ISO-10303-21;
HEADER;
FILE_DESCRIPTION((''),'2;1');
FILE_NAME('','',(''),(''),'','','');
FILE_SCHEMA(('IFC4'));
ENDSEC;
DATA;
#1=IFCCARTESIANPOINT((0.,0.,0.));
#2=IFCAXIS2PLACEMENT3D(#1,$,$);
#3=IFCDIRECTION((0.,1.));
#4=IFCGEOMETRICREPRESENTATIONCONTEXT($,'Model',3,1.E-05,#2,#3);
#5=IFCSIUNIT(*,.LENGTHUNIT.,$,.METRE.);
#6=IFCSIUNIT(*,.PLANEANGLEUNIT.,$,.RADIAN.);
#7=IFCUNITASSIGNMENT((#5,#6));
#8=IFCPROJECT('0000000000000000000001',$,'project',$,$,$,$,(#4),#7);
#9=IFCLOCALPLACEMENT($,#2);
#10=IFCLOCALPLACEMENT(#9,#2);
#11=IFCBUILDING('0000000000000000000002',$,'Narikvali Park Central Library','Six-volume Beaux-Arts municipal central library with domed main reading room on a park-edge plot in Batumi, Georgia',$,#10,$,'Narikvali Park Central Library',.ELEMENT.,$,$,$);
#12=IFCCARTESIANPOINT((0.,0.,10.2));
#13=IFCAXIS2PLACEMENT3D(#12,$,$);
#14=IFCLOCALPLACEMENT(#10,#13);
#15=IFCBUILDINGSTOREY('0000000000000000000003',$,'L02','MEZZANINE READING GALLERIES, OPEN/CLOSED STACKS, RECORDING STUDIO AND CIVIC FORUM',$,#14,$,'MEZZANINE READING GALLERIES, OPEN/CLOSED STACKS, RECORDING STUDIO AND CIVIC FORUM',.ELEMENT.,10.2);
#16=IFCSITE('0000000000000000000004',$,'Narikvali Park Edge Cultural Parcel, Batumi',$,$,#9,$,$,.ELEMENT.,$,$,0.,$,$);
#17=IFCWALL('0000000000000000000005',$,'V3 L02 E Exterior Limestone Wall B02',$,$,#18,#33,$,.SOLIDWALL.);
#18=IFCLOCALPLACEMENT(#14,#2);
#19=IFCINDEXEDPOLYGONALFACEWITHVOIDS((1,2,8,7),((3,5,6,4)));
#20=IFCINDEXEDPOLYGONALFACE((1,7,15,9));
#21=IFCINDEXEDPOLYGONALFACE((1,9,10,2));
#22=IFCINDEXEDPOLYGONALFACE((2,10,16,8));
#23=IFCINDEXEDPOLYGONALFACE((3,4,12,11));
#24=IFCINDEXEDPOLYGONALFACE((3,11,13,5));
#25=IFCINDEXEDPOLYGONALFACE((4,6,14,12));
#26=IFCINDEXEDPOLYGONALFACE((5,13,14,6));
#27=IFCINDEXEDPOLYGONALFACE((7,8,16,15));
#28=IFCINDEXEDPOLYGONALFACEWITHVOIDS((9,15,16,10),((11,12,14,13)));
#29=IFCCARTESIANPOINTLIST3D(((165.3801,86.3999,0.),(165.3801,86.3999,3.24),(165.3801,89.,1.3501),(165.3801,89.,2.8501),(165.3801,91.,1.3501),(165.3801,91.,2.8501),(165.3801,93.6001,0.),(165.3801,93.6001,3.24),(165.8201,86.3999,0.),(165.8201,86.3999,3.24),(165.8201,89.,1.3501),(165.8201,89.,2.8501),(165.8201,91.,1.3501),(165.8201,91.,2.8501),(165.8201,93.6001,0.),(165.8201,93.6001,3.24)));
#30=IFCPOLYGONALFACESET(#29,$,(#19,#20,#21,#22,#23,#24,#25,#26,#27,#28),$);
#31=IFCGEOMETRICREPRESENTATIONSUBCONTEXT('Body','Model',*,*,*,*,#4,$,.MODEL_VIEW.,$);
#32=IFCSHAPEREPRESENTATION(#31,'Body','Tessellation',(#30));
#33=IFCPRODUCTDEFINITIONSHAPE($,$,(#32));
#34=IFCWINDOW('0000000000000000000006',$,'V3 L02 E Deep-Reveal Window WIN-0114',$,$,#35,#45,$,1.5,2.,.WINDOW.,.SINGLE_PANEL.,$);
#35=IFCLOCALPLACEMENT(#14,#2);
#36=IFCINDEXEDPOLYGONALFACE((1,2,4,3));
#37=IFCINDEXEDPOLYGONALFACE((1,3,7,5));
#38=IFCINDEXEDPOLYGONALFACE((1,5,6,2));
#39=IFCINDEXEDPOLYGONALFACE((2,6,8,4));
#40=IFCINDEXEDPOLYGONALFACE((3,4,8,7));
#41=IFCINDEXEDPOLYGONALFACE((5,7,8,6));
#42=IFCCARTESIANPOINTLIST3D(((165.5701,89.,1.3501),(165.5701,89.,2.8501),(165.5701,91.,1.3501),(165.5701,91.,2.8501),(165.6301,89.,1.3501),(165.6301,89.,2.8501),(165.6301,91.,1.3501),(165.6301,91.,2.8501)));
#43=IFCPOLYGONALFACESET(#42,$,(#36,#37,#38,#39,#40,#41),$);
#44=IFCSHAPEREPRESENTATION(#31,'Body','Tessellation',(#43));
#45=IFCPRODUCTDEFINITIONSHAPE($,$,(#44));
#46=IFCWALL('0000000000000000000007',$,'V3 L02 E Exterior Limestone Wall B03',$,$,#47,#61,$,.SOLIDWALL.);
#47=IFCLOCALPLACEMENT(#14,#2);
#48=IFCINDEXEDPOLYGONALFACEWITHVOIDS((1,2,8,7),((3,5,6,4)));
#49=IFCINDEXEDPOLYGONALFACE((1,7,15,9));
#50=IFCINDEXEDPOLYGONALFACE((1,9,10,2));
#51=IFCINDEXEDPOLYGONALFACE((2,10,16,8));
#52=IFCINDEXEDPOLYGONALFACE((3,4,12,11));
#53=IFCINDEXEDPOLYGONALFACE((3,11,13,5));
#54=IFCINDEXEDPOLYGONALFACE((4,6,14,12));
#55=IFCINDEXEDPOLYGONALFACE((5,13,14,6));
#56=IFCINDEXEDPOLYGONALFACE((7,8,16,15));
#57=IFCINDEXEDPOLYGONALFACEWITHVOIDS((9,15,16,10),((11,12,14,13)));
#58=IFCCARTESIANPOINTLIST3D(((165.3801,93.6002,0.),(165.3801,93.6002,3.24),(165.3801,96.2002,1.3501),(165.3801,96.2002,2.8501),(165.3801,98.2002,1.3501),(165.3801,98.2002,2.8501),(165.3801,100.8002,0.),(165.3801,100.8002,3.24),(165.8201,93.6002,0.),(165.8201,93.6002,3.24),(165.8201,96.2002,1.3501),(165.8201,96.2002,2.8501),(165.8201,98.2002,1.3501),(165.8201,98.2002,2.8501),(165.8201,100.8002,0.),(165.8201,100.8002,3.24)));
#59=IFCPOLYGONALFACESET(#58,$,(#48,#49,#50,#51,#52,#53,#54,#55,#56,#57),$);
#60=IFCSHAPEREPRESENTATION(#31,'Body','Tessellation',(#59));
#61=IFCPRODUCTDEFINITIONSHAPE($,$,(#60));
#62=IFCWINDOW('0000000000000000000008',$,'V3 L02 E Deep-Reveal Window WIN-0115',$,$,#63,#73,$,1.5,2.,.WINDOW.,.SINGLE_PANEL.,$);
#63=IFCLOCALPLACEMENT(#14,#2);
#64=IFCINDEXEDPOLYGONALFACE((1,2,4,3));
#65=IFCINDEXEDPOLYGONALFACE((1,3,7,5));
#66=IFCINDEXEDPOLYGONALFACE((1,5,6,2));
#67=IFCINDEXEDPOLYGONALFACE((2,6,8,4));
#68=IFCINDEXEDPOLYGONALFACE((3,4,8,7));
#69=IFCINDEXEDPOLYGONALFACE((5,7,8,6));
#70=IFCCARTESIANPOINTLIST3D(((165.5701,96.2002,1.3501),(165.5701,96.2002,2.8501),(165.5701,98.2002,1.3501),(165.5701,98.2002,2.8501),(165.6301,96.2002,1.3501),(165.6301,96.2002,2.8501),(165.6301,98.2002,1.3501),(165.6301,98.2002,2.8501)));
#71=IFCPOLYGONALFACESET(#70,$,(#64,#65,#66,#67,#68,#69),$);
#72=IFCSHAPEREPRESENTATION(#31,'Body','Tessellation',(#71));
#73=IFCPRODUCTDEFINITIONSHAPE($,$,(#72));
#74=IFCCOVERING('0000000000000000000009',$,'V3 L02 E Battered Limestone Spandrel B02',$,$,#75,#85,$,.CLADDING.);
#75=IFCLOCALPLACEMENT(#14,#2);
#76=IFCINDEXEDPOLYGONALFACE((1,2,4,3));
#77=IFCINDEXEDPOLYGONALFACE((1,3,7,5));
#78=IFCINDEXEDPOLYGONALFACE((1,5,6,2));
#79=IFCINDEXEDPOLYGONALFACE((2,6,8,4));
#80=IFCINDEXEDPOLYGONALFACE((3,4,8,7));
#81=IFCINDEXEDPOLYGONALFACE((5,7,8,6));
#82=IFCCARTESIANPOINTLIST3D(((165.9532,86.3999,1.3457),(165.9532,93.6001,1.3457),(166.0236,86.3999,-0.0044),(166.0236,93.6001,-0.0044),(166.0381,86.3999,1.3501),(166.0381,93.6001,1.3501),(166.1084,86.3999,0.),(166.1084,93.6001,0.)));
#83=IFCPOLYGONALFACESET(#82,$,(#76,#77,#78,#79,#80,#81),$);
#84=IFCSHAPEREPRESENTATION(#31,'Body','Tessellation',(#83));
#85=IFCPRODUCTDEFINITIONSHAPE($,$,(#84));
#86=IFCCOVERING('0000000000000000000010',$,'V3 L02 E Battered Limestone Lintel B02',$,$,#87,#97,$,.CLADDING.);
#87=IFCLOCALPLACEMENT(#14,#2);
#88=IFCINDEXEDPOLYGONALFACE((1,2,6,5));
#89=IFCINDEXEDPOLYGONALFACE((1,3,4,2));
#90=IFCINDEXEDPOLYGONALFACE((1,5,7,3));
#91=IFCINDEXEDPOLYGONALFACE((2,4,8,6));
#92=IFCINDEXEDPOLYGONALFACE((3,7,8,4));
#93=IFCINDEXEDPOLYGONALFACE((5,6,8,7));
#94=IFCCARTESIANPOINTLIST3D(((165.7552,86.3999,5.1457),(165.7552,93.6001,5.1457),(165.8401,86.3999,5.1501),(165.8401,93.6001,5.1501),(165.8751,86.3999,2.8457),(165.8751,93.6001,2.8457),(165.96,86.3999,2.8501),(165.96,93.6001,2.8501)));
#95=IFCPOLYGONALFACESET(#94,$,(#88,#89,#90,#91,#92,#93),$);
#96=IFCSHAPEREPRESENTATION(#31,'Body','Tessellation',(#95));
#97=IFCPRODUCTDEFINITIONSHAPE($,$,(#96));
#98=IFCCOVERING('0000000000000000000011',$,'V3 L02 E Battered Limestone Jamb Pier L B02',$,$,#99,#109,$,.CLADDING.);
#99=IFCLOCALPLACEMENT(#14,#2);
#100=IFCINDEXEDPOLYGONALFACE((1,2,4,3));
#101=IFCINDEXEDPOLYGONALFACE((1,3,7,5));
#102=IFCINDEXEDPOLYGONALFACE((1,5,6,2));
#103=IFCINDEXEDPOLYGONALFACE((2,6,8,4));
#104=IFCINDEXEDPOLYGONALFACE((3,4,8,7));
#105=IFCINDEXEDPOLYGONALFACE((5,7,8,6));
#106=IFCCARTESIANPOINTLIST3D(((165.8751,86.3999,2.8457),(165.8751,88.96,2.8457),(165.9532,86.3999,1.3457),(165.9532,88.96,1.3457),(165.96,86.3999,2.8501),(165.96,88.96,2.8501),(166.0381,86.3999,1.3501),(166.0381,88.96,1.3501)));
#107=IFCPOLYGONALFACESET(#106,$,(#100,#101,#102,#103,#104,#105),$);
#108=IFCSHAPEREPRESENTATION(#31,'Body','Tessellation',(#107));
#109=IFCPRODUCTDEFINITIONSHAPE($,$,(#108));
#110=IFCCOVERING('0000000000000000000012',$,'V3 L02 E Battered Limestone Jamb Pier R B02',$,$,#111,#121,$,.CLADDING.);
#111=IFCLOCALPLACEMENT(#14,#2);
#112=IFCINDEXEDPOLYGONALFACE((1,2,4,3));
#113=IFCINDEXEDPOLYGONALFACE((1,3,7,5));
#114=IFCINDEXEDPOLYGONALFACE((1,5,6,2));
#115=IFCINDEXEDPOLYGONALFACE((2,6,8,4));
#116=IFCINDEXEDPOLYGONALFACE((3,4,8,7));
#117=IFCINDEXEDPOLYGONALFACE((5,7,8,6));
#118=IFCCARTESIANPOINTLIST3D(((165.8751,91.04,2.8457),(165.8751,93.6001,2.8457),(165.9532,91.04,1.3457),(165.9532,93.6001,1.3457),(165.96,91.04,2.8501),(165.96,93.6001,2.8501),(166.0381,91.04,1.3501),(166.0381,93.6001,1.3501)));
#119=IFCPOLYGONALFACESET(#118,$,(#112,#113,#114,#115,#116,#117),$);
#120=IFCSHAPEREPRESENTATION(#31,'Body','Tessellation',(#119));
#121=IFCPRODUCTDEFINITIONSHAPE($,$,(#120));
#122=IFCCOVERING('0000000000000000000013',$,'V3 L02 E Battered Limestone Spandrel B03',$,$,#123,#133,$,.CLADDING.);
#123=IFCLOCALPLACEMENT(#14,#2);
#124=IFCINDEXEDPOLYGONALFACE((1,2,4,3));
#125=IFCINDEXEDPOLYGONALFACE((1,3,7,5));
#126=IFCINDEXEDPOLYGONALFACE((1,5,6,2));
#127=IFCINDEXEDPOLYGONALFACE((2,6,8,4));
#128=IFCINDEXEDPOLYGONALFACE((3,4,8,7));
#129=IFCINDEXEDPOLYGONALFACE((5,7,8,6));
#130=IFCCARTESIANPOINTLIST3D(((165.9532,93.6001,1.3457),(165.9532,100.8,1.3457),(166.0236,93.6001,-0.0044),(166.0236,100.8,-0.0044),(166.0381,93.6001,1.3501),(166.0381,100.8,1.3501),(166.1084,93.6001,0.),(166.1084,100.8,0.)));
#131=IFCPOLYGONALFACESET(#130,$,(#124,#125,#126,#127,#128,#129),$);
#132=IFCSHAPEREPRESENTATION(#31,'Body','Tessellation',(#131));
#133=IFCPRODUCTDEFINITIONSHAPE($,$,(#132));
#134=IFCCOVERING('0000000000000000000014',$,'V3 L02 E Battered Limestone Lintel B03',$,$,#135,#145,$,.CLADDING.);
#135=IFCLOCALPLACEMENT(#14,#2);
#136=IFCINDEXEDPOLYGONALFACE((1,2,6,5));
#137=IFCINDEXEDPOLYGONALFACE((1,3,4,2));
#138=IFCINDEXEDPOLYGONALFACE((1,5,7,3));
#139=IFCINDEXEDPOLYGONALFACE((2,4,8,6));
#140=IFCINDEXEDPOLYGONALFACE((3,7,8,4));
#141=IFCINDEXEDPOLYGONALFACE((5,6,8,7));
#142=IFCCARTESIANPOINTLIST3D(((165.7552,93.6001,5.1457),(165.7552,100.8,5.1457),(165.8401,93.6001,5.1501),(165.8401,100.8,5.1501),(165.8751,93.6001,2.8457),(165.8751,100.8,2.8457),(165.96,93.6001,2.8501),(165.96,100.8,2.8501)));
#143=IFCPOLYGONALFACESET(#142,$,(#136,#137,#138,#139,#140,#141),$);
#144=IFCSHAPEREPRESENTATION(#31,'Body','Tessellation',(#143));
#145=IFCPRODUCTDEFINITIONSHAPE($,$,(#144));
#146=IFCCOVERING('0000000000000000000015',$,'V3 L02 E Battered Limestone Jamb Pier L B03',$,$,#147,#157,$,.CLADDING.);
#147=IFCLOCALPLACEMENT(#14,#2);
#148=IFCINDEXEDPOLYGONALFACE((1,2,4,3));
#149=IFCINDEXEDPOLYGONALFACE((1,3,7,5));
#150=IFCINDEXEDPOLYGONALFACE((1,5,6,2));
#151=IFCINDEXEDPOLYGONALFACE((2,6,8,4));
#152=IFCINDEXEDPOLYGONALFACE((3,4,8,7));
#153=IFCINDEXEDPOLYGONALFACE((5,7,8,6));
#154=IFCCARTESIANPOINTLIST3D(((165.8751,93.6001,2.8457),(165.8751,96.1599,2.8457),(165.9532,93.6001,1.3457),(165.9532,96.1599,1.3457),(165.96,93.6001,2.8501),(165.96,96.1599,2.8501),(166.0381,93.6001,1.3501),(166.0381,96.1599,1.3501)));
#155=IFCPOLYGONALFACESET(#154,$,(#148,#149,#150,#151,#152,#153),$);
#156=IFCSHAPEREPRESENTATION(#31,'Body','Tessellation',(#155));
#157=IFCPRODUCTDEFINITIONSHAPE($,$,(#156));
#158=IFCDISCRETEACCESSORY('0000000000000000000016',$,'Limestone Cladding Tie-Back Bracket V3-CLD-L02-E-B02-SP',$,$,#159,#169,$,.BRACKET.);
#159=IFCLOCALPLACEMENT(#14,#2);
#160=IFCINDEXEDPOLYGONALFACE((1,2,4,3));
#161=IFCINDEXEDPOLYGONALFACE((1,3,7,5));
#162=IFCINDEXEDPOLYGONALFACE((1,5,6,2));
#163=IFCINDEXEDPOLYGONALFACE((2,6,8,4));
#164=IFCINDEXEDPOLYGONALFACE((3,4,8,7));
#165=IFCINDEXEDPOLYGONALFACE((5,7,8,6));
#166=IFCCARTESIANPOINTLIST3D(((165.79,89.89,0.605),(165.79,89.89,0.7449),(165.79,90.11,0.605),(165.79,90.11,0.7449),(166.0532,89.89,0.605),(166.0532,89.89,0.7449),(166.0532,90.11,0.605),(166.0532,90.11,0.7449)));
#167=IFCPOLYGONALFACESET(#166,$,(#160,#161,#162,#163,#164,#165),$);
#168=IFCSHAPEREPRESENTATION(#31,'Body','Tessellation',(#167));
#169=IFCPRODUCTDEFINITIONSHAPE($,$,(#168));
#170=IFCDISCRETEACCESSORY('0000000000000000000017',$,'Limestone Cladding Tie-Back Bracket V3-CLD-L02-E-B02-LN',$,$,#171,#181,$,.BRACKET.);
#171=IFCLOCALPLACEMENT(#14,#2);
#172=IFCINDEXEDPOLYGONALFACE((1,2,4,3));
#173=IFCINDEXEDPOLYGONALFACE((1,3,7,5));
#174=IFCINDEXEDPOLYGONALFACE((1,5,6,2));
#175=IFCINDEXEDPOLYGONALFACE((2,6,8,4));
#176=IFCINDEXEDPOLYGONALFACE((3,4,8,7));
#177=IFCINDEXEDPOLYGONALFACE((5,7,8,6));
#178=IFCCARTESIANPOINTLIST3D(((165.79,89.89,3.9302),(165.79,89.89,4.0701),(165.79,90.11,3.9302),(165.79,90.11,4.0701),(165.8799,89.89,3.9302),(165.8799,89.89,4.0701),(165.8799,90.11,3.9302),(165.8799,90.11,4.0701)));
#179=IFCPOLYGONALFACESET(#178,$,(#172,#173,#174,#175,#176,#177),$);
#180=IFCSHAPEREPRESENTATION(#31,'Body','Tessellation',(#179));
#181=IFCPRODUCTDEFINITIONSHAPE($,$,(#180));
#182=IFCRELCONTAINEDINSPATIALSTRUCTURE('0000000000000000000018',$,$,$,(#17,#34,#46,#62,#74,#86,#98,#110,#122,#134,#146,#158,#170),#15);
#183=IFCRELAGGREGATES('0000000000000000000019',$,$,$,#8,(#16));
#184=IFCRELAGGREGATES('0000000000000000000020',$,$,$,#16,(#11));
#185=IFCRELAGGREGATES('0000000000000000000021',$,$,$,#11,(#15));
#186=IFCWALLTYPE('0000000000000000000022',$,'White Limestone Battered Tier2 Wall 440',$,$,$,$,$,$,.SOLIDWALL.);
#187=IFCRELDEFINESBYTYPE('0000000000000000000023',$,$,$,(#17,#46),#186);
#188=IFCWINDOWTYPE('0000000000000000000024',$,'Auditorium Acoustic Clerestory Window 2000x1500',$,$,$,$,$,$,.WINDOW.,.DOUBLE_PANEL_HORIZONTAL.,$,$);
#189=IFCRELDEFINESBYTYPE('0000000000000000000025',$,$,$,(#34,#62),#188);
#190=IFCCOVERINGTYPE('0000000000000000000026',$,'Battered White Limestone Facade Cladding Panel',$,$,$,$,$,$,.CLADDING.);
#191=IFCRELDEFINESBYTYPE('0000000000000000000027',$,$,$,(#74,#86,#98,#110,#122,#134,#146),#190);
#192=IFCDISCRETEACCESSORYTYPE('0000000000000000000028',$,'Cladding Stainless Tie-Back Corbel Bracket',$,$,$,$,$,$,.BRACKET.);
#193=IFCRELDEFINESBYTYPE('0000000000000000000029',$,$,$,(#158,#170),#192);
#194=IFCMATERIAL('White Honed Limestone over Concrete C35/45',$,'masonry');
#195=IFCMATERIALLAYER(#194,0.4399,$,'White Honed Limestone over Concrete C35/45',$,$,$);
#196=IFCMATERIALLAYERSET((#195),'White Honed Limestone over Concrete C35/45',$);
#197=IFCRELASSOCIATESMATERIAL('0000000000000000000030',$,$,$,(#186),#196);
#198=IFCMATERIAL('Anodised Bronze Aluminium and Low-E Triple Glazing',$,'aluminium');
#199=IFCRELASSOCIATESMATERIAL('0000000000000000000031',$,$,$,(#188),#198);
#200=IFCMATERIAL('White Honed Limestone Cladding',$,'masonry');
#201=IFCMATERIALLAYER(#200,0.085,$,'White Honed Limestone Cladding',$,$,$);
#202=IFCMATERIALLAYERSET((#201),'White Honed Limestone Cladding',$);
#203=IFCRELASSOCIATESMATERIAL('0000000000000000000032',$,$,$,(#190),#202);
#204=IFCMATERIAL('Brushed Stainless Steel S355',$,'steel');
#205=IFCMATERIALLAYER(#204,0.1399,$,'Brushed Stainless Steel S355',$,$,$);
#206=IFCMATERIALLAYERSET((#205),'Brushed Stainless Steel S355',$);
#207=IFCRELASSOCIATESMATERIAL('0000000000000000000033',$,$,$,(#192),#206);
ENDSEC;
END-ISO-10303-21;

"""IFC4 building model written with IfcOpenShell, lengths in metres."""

from ifc_helpers import new_model, si_unit, direction, frame, frame_2d, origin, origin_2d, place, context, subcontext, project, spatial, polyline, rectangle, outline, extrude, material, layer, layer_set, type_object, element, fill, save


model = new_model("IFC4")

# Units and contexts
model_context = context("Model", 3, precision=1e-05, world=origin(), true_north=direction((0.0, 1.0)))
body_context = subcontext(model_context, "Body", "Model", "MODEL_VIEW")
ifc_project = project(units=[si_unit("LENGTHUNIT", "METRE"), si_unit("PLANEANGLEUNIT", "RADIAN")], contexts=[model_context])

# Site, building, storey
site_placement = place(None, origin())
site = spatial("IfcSite", under=ifc_project, at=site_placement, Name="Narikvali Park Edge Cultural Parcel, Batumi", CompositionType="ELEMENT", RefElevation=0.0)
building_placement = place(site_placement, origin())
building = spatial("IfcBuilding", under=site, at=building_placement, Name="Narikvali Park Central Library", Description="Six-volume Beaux-Arts municipal central library with domed main reading room on a park-edge plot in Batumi, Georgia", LongName="Narikvali Park Central Library", CompositionType="ELEMENT")
storey_placement = place(building_placement, frame((0.0, 0.0, 10.2)))
storey = spatial("IfcBuildingStorey", under=building, at=storey_placement, Name="L02", Description="MEZZANINE READING GALLERIES, OPEN/CLOSED STACKS, RECORDING STUDIO AND CIVIC FORUM", LongName="MEZZANINE READING GALLERIES, OPEN/CLOSED STACKS, RECORDING STUDIO AND CIVIC FORUM", CompositionType="ELEMENT", Elevation=10.2)

# Walls, openings, windows
ifc_material_1 = material(Name="White Honed Limestone over Concrete C35/45", Category="masonry")
ifc_layer_1 = layer(ifc_material_1, 0.4399, Name="White Honed Limestone over Concrete C35/45")
ifc_layer_set_1 = layer_set([ifc_layer_1], Name="White Honed Limestone over Concrete C35/45")
wall_type = type_object("IfcWallType", Name="White Limestone Battered Tier2 Wall 440", PredefinedType="SOLIDWALL", material=ifc_layer_set_1)
wall_1_placement = place(storey_placement, frame((165.6001, 86.3999, 0.0), z_axis=(0.0, 0.0, 1.0), x_axis=(0.0, 1.0, 0.0)))
wall_1 = element("IfcWall", 1, at=wall_1_placement, inside=storey, type_object=wall_type, Name="V3 L02 E Exterior Limestone Wall B02", PredefinedType="SOLIDWALL", context=body_context, shape_type="SweptSolid", body=[
    extrude(rectangle(XDim=7.2002, YDim=0.4399, at=frame_2d((3.6001, 0.0))), origin(), (0.0, 0.0, 1.0), 3.24),
])
opening_1_placement = place(wall_1_placement, frame((2.6001, 0.0, 1.3501)))
opening_1 = element("IfcOpeningElement", 2, at=opening_1_placement, cuts=wall_1, PredefinedType="OPENING", context=body_context, shape_type="SweptSolid", body=[
    extrude(rectangle(XDim=2.0, YDim=1.5, at=frame_2d((1.0, 0.75))), frame((0.0, 0.2319, 0.0), z_axis=(0.0, -1.0, 0.0), x_axis=(1.0, 0.0, 0.0)), (0.0, 0.0, 1.0), 0.4639),
])
ifc_material_2 = material(Name="Anodised Bronze Aluminium and Low-E Triple Glazing", Category="aluminium")
window_type = type_object("IfcWindowType", Name="Auditorium Acoustic Clerestory Window 2000x1500", PartitioningType="DOUBLE_PANEL_HORIZONTAL", PredefinedType="WINDOW", material=ifc_material_2)
window_1_placement = place(opening_1_placement, origin())
window_1 = element("IfcWindow", 3, at=window_1_placement, inside=storey, type_object=window_type, Name="V3 L02 E Deep-Reveal Window WIN-0114", OverallHeight=1.5, OverallWidth=2.0, PartitioningType="SINGLE_PANEL", PredefinedType="WINDOW", context=body_context, shape_type="SweptSolid", body=[
    extrude(rectangle(XDim=2.0, YDim=1.5, at=frame_2d((1.0, 0.75))), frame((0.0, 0.03, 0.0), z_axis=(0.0, -1.0, 0.0), x_axis=(1.0, 0.0, 0.0)), (0.0, 0.0, 1.0), 0.0601),
])
fill(opening_1, window_1)
wall_2_placement = place(storey_placement, frame((165.6001, 93.6001, 0.0), z_axis=(0.0, 0.0, 1.0), x_axis=(0.0, 1.0, 0.0)))
wall_2 = element("IfcWall", 4, at=wall_2_placement, inside=storey, type_object=wall_type, Name="V3 L02 E Exterior Limestone Wall B03", PredefinedType="SOLIDWALL", context=body_context, shape_type="SweptSolid", body=[
    extrude(rectangle(XDim=7.2, YDim=0.4399, at=frame_2d((3.6001, 0.0))), origin(), (0.0, 0.0, 1.0), 3.24),
])
opening_2_placement = place(wall_2_placement, frame((2.6001, 0.0, 1.3501)))
opening_2 = element("IfcOpeningElement", 5, at=opening_2_placement, cuts=wall_2, PredefinedType="OPENING", context=body_context, shape_type="SweptSolid", body=[
    extrude(rectangle(XDim=2.0, YDim=1.5, at=frame_2d((1.0, 0.75))), frame((0.0, 0.2319, 0.0), z_axis=(0.0, -1.0, 0.0), x_axis=(1.0, 0.0, 0.0)), (0.0, 0.0, 1.0), 0.4639),
])
window_2_placement = place(opening_2_placement, origin())
window_2 = element("IfcWindow", 6, at=window_2_placement, inside=storey, type_object=window_type, Name="V3 L02 E Deep-Reveal Window WIN-0115", OverallHeight=1.5, OverallWidth=2.0, PartitioningType="SINGLE_PANEL", PredefinedType="WINDOW", context=body_context, shape_type="SweptSolid", body=[
    extrude(rectangle(XDim=2.0, YDim=1.5, at=frame_2d((1.0, 0.75))), frame((0.0, 0.03, 0.0), z_axis=(0.0, -1.0, 0.0), x_axis=(1.0, 0.0, 0.0)), (0.0, 0.0, 1.0), 0.0601),
])
fill(opening_2, window_2)

# Coverings
ifc_material_3 = material(Name="White Honed Limestone Cladding", Category="masonry")
ifc_layer_2 = layer(ifc_material_3, 0.085, Name="White Honed Limestone Cladding")
ifc_layer_set_2 = layer_set([ifc_layer_2], Name="White Honed Limestone Cladding")
covering_type = type_object("IfcCoveringType", Name="Battered White Limestone Facade Cladding Panel", PredefinedType="CLADDING", material=ifc_layer_set_2)
covering_1_placement = place(storey_placement, frame((166.1084, 86.3999, 0.0), z_axis=(0.998647, 0.0, 0.052009), x_axis=(0.0, 1.0, 0.0)))
element("IfcCovering", 7, at=covering_1_placement, inside=storey, type_object=covering_type, Name="V3 L02 E Battered Limestone Spandrel B02", PredefinedType="CLADDING", context=body_context, shape_type="SweptSolid", body=[
    extrude(outline(polyline([(0.0, 0.0), (7.2002, 0.0), (7.2002, 1.3519), (0.0, 1.3519), (0.0, 0.0)])), origin(), (0.0, 0.0, -1.0), 0.085),
])
covering_2_placement = place(storey_placement, frame((165.96, 86.3999, 2.8501), z_axis=(0.998645, 0.0, 0.052047), x_axis=(0.0, 1.0, 0.0)))
element("IfcCovering", 8, at=covering_2_placement, inside=storey, type_object=covering_type, Name="V3 L02 E Battered Limestone Lintel B02", PredefinedType="CLADDING", context=body_context, shape_type="SweptSolid", body=[
    extrude(outline(polyline([(0.0, 0.0), (7.2002, 0.0), (7.2002, 2.3032), (0.0, 2.3032), (0.0, 0.0)])), origin(), (0.0, 0.0, -1.0), 0.085),
])
for number, where, z_axis, x_axis, name in (
    (9, (166.0381, 86.3999, 1.3501), (0.998646, 0.0, 0.052013), (0.0, 1.0, 0.0), "V3 L02 E Battered Limestone Jamb Pier L B02"),
    (10, (166.0381, 91.04, 1.3501), (0.998646, 0.0, 0.052013), (0.0, 1.0, 0.0), "V3 L02 E Battered Limestone Jamb Pier R B02"),
):
    element("IfcCovering", number, at=place(storey_placement, frame(where, z_axis=z_axis, x_axis=x_axis)), inside=storey, type_object=covering_type, Name=name, PredefinedType="CLADDING", context=body_context, shape_type="SweptSolid", body=[
        extrude(outline(polyline([(0.0, 0.0), (2.5601, 0.0), (2.5601, 1.502), (0.0, 1.502), (0.0, 0.0)])), origin(), (0.0, 0.0, -1.0), 0.085),
    ])
covering_3_placement = place(storey_placement, frame((166.1084, 93.6001, 0.0), z_axis=(0.998647, 0.0, 0.052009), x_axis=(0.0, 1.0, 0.0)))
element("IfcCovering", 11, at=covering_3_placement, inside=storey, type_object=covering_type, Name="V3 L02 E Battered Limestone Spandrel B03", PredefinedType="CLADDING", context=body_context, shape_type="SweptSolid", body=[
    extrude(outline(polyline([(0.0, 0.0), (7.2, 0.0), (7.2, 1.3519), (0.0, 1.3519), (0.0, 0.0)])), origin(), (0.0, 0.0, -1.0), 0.085),
])
covering_4_placement = place(storey_placement, frame((165.96, 93.6001, 2.8501), z_axis=(0.998645, 0.0, 0.052047), x_axis=(0.0, 1.0, 0.0)))
element("IfcCovering", 12, at=covering_4_placement, inside=storey, type_object=covering_type, Name="V3 L02 E Battered Limestone Lintel B03", PredefinedType="CLADDING", context=body_context, shape_type="SweptSolid", body=[
    extrude(outline(polyline([(0.0, 0.0), (7.2, 0.0), (7.2, 2.3032), (0.0, 2.3032), (0.0, 0.0)])), origin(), (0.0, 0.0, -1.0), 0.085),
])
covering_5_placement = place(storey_placement, frame((166.0381, 93.6001, 1.3501), z_axis=(0.998646, 0.0, 0.052013), x_axis=(0.0, 1.0, 0.0)))
element("IfcCovering", 13, at=covering_5_placement, inside=storey, type_object=covering_type, Name="V3 L02 E Battered Limestone Jamb Pier L B03", PredefinedType="CLADDING", context=body_context, shape_type="SweptSolid", body=[
    extrude(outline(polyline([(0.0, 0.0), (2.5598, 0.0), (2.5598, 1.502), (0.0, 1.502), (0.0, 0.0)])), origin(), (0.0, 0.0, -1.0), 0.085),
])

# Discrete accessories
ifc_material_4 = material(Name="Brushed Stainless Steel S355", Category="steel")
ifc_layer_3 = layer(ifc_material_4, 0.1399, Name="Brushed Stainless Steel S355")
ifc_layer_set_3 = layer_set([ifc_layer_3], Name="Brushed Stainless Steel S355")
discrete_accessory_type = type_object("IfcDiscreteAccessoryType", Name="Cladding Stainless Tie-Back Corbel Bracket", PredefinedType="BRACKET", material=ifc_layer_set_3)
discrete_accessory_1_placement = place(storey_placement, frame((165.9216, 90.0, 0.605), z_axis=(0.0, 0.0, 1.0), x_axis=(1.0, 0.0, 0.0)))
element("IfcDiscreteAccessory", 14, at=discrete_accessory_1_placement, inside=storey, type_object=discrete_accessory_type, Name="Limestone Cladding Tie-Back Bracket V3-CLD-L02-E-B02-SP", PredefinedType="BRACKET", context=body_context, shape_type="SweptSolid", body=[
    extrude(rectangle(XDim=0.2632, YDim=0.22, at=origin_2d()), origin(), (0.0, 0.0, 1.0), 0.1399),
])
discrete_accessory_2_placement = place(storey_placement, frame((165.835, 90.0, 3.9302), z_axis=(0.0, 0.0, 1.0), x_axis=(1.0, 0.0, 0.0)))
element("IfcDiscreteAccessory", 15, at=discrete_accessory_2_placement, inside=storey, type_object=discrete_accessory_type, Name="Limestone Cladding Tie-Back Bracket V3-CLD-L02-E-B02-LN", PredefinedType="BRACKET", context=body_context, shape_type="SweptSolid", body=[
    extrude(rectangle(XDim=0.0898, YDim=0.22, at=origin_2d()), origin(), (0.0, 0.0, 1.0), 0.1399),
])

save(model, "model.ifc")
